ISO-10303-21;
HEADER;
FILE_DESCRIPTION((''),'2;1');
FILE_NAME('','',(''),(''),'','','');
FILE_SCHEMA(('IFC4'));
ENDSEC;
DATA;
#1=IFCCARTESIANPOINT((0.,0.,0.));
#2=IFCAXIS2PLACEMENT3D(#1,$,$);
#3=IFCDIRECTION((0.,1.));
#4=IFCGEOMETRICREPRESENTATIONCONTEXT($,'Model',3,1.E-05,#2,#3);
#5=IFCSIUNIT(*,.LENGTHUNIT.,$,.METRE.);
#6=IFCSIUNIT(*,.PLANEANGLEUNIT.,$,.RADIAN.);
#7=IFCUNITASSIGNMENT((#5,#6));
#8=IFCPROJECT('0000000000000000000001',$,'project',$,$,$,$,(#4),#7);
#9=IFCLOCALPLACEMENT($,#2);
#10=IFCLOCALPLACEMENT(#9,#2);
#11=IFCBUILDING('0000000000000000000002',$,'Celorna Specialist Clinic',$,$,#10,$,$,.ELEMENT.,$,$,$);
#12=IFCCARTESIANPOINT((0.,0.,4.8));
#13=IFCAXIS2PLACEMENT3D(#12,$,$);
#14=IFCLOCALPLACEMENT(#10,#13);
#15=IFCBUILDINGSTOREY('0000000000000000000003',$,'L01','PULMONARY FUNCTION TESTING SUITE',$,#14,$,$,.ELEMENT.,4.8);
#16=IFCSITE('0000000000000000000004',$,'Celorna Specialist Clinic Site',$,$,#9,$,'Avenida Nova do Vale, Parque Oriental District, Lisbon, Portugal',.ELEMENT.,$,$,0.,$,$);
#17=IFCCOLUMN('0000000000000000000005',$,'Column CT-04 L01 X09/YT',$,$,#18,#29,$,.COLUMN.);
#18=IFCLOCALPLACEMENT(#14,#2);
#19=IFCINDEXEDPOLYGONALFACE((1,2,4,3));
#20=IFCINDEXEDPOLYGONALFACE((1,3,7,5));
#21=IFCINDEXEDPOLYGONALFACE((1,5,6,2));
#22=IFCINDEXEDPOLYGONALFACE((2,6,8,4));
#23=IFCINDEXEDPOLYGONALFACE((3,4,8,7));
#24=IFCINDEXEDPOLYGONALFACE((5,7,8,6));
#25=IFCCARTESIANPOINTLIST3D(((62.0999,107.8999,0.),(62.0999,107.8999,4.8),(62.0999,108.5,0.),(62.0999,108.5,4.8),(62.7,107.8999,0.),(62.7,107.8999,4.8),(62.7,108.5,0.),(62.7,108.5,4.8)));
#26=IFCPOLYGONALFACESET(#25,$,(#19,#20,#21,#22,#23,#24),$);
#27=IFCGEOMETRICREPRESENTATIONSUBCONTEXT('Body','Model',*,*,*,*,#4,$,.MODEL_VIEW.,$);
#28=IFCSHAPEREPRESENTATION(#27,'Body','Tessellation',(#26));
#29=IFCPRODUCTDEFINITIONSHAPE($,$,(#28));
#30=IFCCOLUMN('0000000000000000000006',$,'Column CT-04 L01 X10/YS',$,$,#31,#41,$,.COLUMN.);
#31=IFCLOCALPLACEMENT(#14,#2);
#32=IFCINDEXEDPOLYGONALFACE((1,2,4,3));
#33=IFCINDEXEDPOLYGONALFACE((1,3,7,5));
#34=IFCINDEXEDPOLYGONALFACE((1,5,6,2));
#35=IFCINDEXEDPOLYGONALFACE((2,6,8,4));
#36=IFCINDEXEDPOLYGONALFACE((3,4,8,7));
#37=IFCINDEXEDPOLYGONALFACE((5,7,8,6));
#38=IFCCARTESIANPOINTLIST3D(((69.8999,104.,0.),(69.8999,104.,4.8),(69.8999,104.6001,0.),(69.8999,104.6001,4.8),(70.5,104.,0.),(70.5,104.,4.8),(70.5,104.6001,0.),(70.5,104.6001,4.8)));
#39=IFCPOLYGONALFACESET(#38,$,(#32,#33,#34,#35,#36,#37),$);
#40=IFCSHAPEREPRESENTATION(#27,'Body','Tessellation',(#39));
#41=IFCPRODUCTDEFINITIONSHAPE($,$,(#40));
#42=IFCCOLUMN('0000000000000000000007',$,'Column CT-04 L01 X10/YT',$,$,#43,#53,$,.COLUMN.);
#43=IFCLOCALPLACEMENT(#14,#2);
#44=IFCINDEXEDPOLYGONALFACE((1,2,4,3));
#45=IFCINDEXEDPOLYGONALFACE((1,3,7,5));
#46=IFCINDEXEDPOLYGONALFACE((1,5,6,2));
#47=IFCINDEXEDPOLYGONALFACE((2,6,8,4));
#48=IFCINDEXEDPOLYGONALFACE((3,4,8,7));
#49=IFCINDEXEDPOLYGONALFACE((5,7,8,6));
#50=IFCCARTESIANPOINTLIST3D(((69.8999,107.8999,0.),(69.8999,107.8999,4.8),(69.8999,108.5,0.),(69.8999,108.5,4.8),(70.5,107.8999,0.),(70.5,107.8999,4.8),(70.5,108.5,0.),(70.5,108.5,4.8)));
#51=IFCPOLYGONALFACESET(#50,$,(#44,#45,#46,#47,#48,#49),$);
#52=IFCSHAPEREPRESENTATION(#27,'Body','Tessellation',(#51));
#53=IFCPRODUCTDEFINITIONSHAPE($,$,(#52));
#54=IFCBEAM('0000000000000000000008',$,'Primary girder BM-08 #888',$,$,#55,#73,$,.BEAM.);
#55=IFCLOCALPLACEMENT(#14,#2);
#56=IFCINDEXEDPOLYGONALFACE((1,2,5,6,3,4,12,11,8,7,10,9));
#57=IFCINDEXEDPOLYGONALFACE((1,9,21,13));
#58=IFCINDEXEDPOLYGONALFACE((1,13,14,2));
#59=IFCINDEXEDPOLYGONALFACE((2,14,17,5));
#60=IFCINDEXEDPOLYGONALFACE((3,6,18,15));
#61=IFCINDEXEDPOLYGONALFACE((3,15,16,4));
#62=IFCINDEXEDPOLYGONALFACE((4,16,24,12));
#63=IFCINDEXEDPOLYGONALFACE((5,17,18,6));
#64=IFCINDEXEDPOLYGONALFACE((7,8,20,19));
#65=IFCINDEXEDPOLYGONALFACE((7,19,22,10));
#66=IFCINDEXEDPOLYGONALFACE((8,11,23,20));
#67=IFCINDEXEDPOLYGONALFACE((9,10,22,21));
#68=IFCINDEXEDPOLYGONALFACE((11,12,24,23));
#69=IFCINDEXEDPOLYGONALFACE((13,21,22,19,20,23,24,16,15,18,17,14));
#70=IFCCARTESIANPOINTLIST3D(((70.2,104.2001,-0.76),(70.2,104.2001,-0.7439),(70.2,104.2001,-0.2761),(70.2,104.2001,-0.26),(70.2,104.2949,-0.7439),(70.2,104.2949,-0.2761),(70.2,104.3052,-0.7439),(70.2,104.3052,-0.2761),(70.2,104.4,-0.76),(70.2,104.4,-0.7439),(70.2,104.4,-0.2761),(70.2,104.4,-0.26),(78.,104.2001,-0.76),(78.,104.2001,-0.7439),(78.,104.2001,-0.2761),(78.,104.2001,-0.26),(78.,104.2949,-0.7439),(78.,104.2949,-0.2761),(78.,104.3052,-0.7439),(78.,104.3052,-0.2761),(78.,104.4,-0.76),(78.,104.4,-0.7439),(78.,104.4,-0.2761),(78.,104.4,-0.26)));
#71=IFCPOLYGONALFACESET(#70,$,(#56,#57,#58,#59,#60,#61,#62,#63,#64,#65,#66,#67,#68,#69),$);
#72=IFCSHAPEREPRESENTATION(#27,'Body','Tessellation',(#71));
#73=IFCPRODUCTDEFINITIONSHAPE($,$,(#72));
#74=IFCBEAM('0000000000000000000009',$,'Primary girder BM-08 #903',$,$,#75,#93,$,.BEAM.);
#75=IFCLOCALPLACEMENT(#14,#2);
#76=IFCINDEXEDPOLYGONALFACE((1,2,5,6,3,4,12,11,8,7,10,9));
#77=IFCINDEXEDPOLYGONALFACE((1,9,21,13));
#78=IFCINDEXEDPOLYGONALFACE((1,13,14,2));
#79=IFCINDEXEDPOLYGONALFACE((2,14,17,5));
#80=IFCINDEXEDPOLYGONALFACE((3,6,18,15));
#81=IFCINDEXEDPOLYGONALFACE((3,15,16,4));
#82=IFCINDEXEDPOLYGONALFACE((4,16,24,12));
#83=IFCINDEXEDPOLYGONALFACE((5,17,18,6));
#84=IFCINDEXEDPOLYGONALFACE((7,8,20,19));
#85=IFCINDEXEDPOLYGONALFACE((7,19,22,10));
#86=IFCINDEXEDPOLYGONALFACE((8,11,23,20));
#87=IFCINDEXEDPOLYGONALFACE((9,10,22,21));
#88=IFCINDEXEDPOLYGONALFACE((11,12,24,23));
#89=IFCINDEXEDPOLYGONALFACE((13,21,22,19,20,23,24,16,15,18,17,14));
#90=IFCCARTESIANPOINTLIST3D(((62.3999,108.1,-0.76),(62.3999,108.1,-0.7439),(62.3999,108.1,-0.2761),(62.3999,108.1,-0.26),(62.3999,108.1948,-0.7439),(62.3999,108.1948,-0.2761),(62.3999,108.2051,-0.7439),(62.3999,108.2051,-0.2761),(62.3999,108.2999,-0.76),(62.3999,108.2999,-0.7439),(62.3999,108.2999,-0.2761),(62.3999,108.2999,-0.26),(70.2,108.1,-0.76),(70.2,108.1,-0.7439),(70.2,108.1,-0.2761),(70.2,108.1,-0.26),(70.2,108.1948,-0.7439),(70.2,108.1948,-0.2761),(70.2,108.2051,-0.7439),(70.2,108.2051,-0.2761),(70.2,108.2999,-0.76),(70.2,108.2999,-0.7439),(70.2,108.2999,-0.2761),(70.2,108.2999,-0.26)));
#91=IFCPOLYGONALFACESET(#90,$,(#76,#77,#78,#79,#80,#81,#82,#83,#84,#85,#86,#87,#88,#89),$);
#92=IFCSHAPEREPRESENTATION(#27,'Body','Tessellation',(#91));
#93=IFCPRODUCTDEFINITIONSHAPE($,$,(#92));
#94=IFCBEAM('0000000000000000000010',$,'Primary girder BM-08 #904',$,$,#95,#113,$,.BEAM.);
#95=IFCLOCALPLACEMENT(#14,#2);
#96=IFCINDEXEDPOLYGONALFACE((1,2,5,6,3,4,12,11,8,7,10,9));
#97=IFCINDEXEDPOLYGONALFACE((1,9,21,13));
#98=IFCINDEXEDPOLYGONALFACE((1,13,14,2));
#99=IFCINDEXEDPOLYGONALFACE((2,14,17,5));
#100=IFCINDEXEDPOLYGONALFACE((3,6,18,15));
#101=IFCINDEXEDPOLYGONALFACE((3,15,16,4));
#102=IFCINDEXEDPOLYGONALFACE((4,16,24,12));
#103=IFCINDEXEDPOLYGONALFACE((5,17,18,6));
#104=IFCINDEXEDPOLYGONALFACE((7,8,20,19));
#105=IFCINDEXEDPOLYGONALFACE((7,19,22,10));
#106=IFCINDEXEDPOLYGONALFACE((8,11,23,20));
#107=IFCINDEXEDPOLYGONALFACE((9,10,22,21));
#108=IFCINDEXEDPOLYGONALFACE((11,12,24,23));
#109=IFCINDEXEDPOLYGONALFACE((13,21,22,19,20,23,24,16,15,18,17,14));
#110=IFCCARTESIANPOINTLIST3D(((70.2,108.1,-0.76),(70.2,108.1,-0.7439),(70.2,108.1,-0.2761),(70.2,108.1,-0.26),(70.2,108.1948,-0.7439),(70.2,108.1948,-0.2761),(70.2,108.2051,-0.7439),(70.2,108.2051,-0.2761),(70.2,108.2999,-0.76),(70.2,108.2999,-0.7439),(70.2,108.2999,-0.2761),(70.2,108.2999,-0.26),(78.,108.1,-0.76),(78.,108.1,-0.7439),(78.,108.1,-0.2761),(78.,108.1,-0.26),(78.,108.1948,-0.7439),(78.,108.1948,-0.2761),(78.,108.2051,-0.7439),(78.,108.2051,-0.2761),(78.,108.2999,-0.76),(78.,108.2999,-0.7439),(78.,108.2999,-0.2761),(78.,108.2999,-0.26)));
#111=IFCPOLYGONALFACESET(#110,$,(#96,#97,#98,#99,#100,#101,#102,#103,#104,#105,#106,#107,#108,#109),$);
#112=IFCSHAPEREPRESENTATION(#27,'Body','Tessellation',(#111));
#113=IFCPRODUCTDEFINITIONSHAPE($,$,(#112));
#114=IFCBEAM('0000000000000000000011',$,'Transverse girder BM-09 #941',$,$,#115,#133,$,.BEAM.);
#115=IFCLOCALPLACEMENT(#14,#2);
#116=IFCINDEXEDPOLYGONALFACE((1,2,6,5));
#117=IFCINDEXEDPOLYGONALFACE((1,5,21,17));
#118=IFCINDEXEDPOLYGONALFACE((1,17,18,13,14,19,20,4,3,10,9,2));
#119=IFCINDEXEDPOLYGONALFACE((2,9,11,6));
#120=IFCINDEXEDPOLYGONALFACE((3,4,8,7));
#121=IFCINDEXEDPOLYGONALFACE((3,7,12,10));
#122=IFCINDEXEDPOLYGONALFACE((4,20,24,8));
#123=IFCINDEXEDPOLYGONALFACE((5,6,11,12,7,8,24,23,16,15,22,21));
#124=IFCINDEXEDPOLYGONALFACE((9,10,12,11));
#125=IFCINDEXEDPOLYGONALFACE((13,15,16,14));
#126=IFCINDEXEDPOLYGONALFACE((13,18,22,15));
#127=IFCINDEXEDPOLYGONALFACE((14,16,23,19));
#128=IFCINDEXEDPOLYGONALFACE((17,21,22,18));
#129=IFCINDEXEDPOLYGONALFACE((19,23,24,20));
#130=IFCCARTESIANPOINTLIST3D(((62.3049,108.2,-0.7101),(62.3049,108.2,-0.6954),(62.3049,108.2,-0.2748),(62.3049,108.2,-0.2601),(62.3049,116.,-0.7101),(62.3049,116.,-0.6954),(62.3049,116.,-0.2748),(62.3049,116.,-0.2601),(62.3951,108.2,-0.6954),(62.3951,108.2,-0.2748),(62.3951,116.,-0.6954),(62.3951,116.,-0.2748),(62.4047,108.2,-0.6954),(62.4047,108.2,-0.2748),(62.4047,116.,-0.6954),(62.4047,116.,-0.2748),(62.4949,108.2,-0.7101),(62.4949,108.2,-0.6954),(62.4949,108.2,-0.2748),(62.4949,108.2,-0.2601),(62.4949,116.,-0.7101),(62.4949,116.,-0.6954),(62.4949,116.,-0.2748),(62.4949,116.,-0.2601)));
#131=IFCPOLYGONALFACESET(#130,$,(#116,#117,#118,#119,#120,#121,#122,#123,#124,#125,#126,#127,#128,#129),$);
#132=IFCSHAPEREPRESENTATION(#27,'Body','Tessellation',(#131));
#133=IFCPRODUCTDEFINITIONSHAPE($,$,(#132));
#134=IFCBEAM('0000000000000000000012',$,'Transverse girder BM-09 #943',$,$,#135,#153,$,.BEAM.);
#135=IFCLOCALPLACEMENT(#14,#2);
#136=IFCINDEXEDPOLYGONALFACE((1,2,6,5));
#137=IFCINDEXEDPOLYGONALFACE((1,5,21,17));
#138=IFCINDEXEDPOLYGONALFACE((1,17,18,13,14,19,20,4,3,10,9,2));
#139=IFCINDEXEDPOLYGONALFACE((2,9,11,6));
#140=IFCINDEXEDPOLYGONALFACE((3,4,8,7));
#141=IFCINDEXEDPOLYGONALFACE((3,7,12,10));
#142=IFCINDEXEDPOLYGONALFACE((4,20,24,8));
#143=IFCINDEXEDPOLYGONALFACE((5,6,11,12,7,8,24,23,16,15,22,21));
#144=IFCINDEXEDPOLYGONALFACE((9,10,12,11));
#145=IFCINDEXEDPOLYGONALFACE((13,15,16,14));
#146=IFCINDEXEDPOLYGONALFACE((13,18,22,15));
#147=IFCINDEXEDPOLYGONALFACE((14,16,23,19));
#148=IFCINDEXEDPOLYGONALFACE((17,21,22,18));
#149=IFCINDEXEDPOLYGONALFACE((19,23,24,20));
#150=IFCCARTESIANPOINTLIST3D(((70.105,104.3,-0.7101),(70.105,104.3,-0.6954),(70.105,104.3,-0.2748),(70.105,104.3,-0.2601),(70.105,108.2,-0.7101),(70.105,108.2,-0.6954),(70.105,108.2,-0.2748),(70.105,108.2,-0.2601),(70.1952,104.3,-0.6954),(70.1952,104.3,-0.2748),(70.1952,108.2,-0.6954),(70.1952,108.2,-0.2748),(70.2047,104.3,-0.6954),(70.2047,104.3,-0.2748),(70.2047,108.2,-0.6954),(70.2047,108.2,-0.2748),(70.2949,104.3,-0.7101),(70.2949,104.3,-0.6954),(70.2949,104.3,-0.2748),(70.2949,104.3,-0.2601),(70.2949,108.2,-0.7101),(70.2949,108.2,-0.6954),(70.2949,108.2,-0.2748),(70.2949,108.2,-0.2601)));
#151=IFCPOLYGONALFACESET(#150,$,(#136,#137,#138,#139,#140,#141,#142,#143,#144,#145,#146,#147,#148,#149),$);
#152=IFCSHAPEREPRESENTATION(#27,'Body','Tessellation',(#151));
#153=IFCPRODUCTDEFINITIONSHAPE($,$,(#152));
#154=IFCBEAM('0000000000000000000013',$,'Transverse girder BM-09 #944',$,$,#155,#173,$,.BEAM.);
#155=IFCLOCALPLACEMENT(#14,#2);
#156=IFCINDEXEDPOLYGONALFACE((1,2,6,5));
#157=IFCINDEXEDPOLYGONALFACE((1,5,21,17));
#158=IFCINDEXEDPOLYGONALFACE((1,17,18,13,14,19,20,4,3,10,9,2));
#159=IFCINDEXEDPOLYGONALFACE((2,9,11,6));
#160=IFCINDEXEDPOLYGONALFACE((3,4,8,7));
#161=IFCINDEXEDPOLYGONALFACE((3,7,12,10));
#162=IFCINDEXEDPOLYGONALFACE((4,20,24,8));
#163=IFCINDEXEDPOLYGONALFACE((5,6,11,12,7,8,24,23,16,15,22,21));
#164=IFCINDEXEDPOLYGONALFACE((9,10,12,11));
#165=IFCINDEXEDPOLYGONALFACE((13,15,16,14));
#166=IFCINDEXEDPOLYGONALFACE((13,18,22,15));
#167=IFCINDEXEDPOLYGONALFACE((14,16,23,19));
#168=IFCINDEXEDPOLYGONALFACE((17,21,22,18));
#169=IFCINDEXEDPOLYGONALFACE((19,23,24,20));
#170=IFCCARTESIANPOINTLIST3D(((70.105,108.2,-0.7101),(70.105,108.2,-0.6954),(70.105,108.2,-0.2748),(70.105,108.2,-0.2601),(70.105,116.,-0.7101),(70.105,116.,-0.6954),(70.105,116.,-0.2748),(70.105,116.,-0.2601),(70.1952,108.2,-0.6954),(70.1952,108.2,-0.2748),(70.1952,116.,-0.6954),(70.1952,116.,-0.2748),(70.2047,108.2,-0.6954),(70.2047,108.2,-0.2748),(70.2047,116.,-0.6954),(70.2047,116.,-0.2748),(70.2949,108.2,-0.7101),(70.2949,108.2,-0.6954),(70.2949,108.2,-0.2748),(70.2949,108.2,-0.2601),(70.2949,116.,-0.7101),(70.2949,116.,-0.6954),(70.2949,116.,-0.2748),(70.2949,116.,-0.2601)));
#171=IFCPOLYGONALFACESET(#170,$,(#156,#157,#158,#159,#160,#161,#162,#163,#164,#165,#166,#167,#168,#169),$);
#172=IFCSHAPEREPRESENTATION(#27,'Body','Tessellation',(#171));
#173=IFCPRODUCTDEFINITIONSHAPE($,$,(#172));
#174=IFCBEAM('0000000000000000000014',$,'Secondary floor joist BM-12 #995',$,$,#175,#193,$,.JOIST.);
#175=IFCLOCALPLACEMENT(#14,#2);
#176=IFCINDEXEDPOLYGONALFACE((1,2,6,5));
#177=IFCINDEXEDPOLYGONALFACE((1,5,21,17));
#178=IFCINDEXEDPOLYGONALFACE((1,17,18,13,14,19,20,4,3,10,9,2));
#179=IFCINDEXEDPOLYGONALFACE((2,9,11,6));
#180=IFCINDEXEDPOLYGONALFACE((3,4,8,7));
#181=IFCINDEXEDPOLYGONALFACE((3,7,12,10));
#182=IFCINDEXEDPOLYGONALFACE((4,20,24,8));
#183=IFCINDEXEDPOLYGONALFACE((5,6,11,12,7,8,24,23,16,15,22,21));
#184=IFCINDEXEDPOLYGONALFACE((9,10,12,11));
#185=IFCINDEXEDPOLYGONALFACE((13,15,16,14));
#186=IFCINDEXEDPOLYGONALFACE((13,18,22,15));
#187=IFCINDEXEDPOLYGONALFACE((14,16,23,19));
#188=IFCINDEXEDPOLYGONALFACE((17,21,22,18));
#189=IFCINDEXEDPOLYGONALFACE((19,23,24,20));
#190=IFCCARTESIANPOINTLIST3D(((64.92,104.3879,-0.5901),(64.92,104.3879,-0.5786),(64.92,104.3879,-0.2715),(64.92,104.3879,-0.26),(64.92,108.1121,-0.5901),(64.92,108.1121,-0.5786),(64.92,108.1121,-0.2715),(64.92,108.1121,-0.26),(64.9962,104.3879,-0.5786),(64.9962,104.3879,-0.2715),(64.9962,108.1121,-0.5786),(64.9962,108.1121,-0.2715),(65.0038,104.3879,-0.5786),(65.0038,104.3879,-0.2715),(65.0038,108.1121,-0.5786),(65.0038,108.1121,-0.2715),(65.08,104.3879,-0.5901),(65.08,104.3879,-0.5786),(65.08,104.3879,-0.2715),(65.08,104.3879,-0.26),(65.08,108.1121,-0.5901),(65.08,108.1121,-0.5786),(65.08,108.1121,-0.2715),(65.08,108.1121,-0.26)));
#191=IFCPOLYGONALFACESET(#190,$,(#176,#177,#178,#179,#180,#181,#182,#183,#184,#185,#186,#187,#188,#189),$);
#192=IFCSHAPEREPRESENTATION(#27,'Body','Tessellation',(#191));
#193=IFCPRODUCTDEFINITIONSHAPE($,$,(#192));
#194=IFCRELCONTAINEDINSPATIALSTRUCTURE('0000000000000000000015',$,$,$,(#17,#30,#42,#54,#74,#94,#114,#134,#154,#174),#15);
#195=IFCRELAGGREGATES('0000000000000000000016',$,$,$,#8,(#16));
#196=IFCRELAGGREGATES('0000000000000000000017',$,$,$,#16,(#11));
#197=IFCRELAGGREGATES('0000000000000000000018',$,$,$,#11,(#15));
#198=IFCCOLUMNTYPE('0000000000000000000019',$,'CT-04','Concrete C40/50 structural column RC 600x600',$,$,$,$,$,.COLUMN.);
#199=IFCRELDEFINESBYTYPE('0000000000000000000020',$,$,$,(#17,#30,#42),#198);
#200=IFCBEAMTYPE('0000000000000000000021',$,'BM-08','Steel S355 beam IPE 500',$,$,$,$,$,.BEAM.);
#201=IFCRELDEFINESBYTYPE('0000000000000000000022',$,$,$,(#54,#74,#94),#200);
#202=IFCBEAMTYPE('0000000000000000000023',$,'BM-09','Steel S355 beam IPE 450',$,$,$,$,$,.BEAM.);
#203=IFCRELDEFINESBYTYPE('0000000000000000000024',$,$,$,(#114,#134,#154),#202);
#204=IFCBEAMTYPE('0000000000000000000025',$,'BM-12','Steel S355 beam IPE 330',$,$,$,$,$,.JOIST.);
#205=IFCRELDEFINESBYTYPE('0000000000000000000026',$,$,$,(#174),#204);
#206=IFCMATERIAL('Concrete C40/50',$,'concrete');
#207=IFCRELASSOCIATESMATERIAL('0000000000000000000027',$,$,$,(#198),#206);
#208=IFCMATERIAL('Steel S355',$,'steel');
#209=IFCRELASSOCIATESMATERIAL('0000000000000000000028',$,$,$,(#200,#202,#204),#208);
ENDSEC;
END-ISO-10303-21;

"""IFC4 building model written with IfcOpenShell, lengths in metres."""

from ifc_helpers import new_model, si_unit, direction, frame, origin, origin_2d, place, context, subcontext, project, spatial, rectangle, i_section, extrude, material, material_profile, profile_set, type_object, element, save


model = new_model("IFC4")

# Units and contexts
model_context = context("Model", 3, precision=1e-05, world=origin(), true_north=direction((0.0, 1.0)))
body_context = subcontext(model_context, "Body", "Model", "MODEL_VIEW")
ifc_project = project(units=[si_unit("LENGTHUNIT", "METRE"), si_unit("PLANEANGLEUNIT", "RADIAN")], contexts=[model_context])

# Site, building, storey
site_placement = place(None, origin())
site = spatial("IfcSite", under=ifc_project, at=site_placement, Name="Celorna Specialist Clinic Site", LongName="Avenida Nova do Vale, Parque Oriental District, Lisbon, Portugal", CompositionType="ELEMENT", RefElevation=0.0)
building_placement = place(site_placement, origin())
building = spatial("IfcBuilding", under=site, at=building_placement, Name="Celorna Specialist Clinic", CompositionType="ELEMENT")
storey_placement = place(building_placement, frame((0.0, 0.0, 4.8)))
storey = spatial("IfcBuildingStorey", under=building, at=storey_placement, Name="L01", Description="PULMONARY FUNCTION TESTING SUITE", CompositionType="ELEMENT", Elevation=4.8)

# Columns
ifc_material_1 = material(Name="Concrete C40/50", Category="concrete")
ifc_material_profile_1 = material_profile(ifc_material_1, rectangle(XDim=0.6001, YDim=0.6001, at=origin_2d()), Name="RC 600x600")
ifc_profile_set_1 = profile_set([ifc_material_profile_1], Name="Concrete C40/50")
column_type = type_object("IfcColumnType", Name="CT-04", Description="Concrete C40/50 structural column RC 600x600", PredefinedType="COLUMN", material=ifc_profile_set_1)
for number, where, z_axis, x_axis, name in (
    (1, (62.3999, 108.2, 0.0), (0.0, 0.0, 1.0), (1.0, 0.0, 0.0), "Column CT-04 L01 X09/YT"),
    (2, (70.2, 104.3, 0.0), (0.0, 0.0, 1.0), (1.0, 0.0, 0.0), "Column CT-04 L01 X10/YS"),
    (3, (70.2, 108.2, 0.0), (0.0, 0.0, 1.0), (1.0, 0.0, 0.0), "Column CT-04 L01 X10/YT"),
):
    element("IfcColumn", number, at=place(storey_placement, frame(where, z_axis=z_axis, x_axis=x_axis)), inside=storey, type_object=column_type, Name=name, PredefinedType="COLUMN", context=body_context, shape_type="SweptSolid", body=[
        extrude(rectangle(XDim=0.6001, YDim=0.6001, at=origin_2d()), origin(), (0.0, 0.0, 1.0), 4.8),
    ])

# Beams
ifc_material_2 = material(Name="Steel S355", Category="steel")
ifc_material_profile_2 = material_profile(ifc_material_2, i_section(OverallWidth=0.2, OverallDepth=0.5, WebThickness=0.0103, FlangeThickness=0.0161, at=origin_2d()), Name="IPE 500")
ifc_profile_set_2 = profile_set([ifc_material_profile_2], Name="Steel S355")
beam_type_1 = type_object("IfcBeamType", Name="BM-08", Description="Steel S355 beam IPE 500", PredefinedType="BEAM", material=ifc_profile_set_2)
for number, where, z_axis, x_axis, name in (
    (4, (70.2, 104.3, -0.51), (1.0, 0.0, 0.0), (0.0, 1.0, 0.0), "Primary girder BM-08 #888"),
    (5, (62.3999, 108.2, -0.51), (1.0, 0.0, 0.0), (0.0, 1.0, 0.0), "Primary girder BM-08 #903"),
    (6, (70.2, 108.2, -0.51), (1.0, 0.0, 0.0), (0.0, 1.0, 0.0), "Primary girder BM-08 #904"),
):
    element("IfcBeam", number, at=place(storey_placement, frame(where, z_axis=z_axis, x_axis=x_axis)), inside=storey, type_object=beam_type_1, Name=name, PredefinedType="BEAM", context=body_context, shape_type="SweptSolid", body=[
        extrude(i_section(OverallWidth=0.2, OverallDepth=0.5, WebThickness=0.0103, FlangeThickness=0.0161, at=origin_2d()), origin(), (0.0, 0.0, 1.0), 7.8),
    ])
ifc_material_profile_3 = material_profile(ifc_material_2, i_section(OverallWidth=0.1899, OverallDepth=0.45, WebThickness=0.0095, FlangeThickness=0.0146, at=origin_2d()), Name="IPE 450")
ifc_profile_set_3 = profile_set([ifc_material_profile_3], Name="Steel S355")
beam_type_2 = type_object("IfcBeamType", Name="BM-09", Description="Steel S355 beam IPE 450", PredefinedType="BEAM", material=ifc_profile_set_3)
beam_1_placement = place(storey_placement, frame((62.3999, 108.2, -0.4851), z_axis=(0.0, 1.0, 0.0), x_axis=(-1.0, 0.0, 0.0)))
element("IfcBeam", 7, at=beam_1_placement, inside=storey, type_object=beam_type_2, Name="Transverse girder BM-09 #941", PredefinedType="BEAM", context=body_context, shape_type="SweptSolid", body=[
    extrude(i_section(OverallWidth=0.1899, OverallDepth=0.45, WebThickness=0.0095, FlangeThickness=0.0146, at=origin_2d()), origin(), (0.0, 0.0, 1.0), 7.8),
])
beam_2_placement = place(storey_placement, frame((70.2, 104.3, -0.4851), z_axis=(0.0, 1.0, 0.0), x_axis=(-1.0, 0.0, 0.0)))
element("IfcBeam", 8, at=beam_2_placement, inside=storey, type_object=beam_type_2, Name="Transverse girder BM-09 #943", PredefinedType="BEAM", context=body_context, shape_type="SweptSolid", body=[
    extrude(i_section(OverallWidth=0.1899, OverallDepth=0.45, WebThickness=0.0095, FlangeThickness=0.0146, at=origin_2d()), origin(), (0.0, 0.0, 1.0), 3.8999),
])
beam_3_placement = place(storey_placement, frame((70.2, 108.2, -0.4851), z_axis=(0.0, 1.0, 0.0), x_axis=(-1.0, 0.0, 0.0)))
element("IfcBeam", 9, at=beam_3_placement, inside=storey, type_object=beam_type_2, Name="Transverse girder BM-09 #944", PredefinedType="BEAM", context=body_context, shape_type="SweptSolid", body=[
    extrude(i_section(OverallWidth=0.1899, OverallDepth=0.45, WebThickness=0.0095, FlangeThickness=0.0146, at=origin_2d()), origin(), (0.0, 0.0, 1.0), 7.8),
])
ifc_material_profile_4 = material_profile(ifc_material_2, i_section(OverallWidth=0.1599, OverallDepth=0.3301, WebThickness=0.0076, FlangeThickness=0.0115, at=origin_2d()), Name="IPE 330")
ifc_profile_set_4 = profile_set([ifc_material_profile_4], Name="Steel S355")
beam_type_3 = type_object("IfcBeamType", Name="BM-12", Description="Steel S355 beam IPE 330", PredefinedType="JOIST", material=ifc_profile_set_4)
for number, where, z_axis, x_axis, name in (
    (10, (65.0, 104.3879, -0.425), (0.0, 1.0, 0.0), (-1.0, 0.0, 0.0), "Secondary floor joist BM-12 #995"),
):
    element("IfcBeam", number, at=place(storey_placement, frame(where, z_axis=z_axis, x_axis=x_axis)), inside=storey, type_object=beam_type_3, Name=name, PredefinedType="JOIST", context=body_context, shape_type="SweptSolid", body=[
        extrude(i_section(OverallWidth=0.1599, OverallDepth=0.3301, WebThickness=0.0076, FlangeThickness=0.0115, at=origin_2d()), origin(), (0.0, 0.0, 1.0), 3.7241),
    ])

save(model, "model.ifc")
